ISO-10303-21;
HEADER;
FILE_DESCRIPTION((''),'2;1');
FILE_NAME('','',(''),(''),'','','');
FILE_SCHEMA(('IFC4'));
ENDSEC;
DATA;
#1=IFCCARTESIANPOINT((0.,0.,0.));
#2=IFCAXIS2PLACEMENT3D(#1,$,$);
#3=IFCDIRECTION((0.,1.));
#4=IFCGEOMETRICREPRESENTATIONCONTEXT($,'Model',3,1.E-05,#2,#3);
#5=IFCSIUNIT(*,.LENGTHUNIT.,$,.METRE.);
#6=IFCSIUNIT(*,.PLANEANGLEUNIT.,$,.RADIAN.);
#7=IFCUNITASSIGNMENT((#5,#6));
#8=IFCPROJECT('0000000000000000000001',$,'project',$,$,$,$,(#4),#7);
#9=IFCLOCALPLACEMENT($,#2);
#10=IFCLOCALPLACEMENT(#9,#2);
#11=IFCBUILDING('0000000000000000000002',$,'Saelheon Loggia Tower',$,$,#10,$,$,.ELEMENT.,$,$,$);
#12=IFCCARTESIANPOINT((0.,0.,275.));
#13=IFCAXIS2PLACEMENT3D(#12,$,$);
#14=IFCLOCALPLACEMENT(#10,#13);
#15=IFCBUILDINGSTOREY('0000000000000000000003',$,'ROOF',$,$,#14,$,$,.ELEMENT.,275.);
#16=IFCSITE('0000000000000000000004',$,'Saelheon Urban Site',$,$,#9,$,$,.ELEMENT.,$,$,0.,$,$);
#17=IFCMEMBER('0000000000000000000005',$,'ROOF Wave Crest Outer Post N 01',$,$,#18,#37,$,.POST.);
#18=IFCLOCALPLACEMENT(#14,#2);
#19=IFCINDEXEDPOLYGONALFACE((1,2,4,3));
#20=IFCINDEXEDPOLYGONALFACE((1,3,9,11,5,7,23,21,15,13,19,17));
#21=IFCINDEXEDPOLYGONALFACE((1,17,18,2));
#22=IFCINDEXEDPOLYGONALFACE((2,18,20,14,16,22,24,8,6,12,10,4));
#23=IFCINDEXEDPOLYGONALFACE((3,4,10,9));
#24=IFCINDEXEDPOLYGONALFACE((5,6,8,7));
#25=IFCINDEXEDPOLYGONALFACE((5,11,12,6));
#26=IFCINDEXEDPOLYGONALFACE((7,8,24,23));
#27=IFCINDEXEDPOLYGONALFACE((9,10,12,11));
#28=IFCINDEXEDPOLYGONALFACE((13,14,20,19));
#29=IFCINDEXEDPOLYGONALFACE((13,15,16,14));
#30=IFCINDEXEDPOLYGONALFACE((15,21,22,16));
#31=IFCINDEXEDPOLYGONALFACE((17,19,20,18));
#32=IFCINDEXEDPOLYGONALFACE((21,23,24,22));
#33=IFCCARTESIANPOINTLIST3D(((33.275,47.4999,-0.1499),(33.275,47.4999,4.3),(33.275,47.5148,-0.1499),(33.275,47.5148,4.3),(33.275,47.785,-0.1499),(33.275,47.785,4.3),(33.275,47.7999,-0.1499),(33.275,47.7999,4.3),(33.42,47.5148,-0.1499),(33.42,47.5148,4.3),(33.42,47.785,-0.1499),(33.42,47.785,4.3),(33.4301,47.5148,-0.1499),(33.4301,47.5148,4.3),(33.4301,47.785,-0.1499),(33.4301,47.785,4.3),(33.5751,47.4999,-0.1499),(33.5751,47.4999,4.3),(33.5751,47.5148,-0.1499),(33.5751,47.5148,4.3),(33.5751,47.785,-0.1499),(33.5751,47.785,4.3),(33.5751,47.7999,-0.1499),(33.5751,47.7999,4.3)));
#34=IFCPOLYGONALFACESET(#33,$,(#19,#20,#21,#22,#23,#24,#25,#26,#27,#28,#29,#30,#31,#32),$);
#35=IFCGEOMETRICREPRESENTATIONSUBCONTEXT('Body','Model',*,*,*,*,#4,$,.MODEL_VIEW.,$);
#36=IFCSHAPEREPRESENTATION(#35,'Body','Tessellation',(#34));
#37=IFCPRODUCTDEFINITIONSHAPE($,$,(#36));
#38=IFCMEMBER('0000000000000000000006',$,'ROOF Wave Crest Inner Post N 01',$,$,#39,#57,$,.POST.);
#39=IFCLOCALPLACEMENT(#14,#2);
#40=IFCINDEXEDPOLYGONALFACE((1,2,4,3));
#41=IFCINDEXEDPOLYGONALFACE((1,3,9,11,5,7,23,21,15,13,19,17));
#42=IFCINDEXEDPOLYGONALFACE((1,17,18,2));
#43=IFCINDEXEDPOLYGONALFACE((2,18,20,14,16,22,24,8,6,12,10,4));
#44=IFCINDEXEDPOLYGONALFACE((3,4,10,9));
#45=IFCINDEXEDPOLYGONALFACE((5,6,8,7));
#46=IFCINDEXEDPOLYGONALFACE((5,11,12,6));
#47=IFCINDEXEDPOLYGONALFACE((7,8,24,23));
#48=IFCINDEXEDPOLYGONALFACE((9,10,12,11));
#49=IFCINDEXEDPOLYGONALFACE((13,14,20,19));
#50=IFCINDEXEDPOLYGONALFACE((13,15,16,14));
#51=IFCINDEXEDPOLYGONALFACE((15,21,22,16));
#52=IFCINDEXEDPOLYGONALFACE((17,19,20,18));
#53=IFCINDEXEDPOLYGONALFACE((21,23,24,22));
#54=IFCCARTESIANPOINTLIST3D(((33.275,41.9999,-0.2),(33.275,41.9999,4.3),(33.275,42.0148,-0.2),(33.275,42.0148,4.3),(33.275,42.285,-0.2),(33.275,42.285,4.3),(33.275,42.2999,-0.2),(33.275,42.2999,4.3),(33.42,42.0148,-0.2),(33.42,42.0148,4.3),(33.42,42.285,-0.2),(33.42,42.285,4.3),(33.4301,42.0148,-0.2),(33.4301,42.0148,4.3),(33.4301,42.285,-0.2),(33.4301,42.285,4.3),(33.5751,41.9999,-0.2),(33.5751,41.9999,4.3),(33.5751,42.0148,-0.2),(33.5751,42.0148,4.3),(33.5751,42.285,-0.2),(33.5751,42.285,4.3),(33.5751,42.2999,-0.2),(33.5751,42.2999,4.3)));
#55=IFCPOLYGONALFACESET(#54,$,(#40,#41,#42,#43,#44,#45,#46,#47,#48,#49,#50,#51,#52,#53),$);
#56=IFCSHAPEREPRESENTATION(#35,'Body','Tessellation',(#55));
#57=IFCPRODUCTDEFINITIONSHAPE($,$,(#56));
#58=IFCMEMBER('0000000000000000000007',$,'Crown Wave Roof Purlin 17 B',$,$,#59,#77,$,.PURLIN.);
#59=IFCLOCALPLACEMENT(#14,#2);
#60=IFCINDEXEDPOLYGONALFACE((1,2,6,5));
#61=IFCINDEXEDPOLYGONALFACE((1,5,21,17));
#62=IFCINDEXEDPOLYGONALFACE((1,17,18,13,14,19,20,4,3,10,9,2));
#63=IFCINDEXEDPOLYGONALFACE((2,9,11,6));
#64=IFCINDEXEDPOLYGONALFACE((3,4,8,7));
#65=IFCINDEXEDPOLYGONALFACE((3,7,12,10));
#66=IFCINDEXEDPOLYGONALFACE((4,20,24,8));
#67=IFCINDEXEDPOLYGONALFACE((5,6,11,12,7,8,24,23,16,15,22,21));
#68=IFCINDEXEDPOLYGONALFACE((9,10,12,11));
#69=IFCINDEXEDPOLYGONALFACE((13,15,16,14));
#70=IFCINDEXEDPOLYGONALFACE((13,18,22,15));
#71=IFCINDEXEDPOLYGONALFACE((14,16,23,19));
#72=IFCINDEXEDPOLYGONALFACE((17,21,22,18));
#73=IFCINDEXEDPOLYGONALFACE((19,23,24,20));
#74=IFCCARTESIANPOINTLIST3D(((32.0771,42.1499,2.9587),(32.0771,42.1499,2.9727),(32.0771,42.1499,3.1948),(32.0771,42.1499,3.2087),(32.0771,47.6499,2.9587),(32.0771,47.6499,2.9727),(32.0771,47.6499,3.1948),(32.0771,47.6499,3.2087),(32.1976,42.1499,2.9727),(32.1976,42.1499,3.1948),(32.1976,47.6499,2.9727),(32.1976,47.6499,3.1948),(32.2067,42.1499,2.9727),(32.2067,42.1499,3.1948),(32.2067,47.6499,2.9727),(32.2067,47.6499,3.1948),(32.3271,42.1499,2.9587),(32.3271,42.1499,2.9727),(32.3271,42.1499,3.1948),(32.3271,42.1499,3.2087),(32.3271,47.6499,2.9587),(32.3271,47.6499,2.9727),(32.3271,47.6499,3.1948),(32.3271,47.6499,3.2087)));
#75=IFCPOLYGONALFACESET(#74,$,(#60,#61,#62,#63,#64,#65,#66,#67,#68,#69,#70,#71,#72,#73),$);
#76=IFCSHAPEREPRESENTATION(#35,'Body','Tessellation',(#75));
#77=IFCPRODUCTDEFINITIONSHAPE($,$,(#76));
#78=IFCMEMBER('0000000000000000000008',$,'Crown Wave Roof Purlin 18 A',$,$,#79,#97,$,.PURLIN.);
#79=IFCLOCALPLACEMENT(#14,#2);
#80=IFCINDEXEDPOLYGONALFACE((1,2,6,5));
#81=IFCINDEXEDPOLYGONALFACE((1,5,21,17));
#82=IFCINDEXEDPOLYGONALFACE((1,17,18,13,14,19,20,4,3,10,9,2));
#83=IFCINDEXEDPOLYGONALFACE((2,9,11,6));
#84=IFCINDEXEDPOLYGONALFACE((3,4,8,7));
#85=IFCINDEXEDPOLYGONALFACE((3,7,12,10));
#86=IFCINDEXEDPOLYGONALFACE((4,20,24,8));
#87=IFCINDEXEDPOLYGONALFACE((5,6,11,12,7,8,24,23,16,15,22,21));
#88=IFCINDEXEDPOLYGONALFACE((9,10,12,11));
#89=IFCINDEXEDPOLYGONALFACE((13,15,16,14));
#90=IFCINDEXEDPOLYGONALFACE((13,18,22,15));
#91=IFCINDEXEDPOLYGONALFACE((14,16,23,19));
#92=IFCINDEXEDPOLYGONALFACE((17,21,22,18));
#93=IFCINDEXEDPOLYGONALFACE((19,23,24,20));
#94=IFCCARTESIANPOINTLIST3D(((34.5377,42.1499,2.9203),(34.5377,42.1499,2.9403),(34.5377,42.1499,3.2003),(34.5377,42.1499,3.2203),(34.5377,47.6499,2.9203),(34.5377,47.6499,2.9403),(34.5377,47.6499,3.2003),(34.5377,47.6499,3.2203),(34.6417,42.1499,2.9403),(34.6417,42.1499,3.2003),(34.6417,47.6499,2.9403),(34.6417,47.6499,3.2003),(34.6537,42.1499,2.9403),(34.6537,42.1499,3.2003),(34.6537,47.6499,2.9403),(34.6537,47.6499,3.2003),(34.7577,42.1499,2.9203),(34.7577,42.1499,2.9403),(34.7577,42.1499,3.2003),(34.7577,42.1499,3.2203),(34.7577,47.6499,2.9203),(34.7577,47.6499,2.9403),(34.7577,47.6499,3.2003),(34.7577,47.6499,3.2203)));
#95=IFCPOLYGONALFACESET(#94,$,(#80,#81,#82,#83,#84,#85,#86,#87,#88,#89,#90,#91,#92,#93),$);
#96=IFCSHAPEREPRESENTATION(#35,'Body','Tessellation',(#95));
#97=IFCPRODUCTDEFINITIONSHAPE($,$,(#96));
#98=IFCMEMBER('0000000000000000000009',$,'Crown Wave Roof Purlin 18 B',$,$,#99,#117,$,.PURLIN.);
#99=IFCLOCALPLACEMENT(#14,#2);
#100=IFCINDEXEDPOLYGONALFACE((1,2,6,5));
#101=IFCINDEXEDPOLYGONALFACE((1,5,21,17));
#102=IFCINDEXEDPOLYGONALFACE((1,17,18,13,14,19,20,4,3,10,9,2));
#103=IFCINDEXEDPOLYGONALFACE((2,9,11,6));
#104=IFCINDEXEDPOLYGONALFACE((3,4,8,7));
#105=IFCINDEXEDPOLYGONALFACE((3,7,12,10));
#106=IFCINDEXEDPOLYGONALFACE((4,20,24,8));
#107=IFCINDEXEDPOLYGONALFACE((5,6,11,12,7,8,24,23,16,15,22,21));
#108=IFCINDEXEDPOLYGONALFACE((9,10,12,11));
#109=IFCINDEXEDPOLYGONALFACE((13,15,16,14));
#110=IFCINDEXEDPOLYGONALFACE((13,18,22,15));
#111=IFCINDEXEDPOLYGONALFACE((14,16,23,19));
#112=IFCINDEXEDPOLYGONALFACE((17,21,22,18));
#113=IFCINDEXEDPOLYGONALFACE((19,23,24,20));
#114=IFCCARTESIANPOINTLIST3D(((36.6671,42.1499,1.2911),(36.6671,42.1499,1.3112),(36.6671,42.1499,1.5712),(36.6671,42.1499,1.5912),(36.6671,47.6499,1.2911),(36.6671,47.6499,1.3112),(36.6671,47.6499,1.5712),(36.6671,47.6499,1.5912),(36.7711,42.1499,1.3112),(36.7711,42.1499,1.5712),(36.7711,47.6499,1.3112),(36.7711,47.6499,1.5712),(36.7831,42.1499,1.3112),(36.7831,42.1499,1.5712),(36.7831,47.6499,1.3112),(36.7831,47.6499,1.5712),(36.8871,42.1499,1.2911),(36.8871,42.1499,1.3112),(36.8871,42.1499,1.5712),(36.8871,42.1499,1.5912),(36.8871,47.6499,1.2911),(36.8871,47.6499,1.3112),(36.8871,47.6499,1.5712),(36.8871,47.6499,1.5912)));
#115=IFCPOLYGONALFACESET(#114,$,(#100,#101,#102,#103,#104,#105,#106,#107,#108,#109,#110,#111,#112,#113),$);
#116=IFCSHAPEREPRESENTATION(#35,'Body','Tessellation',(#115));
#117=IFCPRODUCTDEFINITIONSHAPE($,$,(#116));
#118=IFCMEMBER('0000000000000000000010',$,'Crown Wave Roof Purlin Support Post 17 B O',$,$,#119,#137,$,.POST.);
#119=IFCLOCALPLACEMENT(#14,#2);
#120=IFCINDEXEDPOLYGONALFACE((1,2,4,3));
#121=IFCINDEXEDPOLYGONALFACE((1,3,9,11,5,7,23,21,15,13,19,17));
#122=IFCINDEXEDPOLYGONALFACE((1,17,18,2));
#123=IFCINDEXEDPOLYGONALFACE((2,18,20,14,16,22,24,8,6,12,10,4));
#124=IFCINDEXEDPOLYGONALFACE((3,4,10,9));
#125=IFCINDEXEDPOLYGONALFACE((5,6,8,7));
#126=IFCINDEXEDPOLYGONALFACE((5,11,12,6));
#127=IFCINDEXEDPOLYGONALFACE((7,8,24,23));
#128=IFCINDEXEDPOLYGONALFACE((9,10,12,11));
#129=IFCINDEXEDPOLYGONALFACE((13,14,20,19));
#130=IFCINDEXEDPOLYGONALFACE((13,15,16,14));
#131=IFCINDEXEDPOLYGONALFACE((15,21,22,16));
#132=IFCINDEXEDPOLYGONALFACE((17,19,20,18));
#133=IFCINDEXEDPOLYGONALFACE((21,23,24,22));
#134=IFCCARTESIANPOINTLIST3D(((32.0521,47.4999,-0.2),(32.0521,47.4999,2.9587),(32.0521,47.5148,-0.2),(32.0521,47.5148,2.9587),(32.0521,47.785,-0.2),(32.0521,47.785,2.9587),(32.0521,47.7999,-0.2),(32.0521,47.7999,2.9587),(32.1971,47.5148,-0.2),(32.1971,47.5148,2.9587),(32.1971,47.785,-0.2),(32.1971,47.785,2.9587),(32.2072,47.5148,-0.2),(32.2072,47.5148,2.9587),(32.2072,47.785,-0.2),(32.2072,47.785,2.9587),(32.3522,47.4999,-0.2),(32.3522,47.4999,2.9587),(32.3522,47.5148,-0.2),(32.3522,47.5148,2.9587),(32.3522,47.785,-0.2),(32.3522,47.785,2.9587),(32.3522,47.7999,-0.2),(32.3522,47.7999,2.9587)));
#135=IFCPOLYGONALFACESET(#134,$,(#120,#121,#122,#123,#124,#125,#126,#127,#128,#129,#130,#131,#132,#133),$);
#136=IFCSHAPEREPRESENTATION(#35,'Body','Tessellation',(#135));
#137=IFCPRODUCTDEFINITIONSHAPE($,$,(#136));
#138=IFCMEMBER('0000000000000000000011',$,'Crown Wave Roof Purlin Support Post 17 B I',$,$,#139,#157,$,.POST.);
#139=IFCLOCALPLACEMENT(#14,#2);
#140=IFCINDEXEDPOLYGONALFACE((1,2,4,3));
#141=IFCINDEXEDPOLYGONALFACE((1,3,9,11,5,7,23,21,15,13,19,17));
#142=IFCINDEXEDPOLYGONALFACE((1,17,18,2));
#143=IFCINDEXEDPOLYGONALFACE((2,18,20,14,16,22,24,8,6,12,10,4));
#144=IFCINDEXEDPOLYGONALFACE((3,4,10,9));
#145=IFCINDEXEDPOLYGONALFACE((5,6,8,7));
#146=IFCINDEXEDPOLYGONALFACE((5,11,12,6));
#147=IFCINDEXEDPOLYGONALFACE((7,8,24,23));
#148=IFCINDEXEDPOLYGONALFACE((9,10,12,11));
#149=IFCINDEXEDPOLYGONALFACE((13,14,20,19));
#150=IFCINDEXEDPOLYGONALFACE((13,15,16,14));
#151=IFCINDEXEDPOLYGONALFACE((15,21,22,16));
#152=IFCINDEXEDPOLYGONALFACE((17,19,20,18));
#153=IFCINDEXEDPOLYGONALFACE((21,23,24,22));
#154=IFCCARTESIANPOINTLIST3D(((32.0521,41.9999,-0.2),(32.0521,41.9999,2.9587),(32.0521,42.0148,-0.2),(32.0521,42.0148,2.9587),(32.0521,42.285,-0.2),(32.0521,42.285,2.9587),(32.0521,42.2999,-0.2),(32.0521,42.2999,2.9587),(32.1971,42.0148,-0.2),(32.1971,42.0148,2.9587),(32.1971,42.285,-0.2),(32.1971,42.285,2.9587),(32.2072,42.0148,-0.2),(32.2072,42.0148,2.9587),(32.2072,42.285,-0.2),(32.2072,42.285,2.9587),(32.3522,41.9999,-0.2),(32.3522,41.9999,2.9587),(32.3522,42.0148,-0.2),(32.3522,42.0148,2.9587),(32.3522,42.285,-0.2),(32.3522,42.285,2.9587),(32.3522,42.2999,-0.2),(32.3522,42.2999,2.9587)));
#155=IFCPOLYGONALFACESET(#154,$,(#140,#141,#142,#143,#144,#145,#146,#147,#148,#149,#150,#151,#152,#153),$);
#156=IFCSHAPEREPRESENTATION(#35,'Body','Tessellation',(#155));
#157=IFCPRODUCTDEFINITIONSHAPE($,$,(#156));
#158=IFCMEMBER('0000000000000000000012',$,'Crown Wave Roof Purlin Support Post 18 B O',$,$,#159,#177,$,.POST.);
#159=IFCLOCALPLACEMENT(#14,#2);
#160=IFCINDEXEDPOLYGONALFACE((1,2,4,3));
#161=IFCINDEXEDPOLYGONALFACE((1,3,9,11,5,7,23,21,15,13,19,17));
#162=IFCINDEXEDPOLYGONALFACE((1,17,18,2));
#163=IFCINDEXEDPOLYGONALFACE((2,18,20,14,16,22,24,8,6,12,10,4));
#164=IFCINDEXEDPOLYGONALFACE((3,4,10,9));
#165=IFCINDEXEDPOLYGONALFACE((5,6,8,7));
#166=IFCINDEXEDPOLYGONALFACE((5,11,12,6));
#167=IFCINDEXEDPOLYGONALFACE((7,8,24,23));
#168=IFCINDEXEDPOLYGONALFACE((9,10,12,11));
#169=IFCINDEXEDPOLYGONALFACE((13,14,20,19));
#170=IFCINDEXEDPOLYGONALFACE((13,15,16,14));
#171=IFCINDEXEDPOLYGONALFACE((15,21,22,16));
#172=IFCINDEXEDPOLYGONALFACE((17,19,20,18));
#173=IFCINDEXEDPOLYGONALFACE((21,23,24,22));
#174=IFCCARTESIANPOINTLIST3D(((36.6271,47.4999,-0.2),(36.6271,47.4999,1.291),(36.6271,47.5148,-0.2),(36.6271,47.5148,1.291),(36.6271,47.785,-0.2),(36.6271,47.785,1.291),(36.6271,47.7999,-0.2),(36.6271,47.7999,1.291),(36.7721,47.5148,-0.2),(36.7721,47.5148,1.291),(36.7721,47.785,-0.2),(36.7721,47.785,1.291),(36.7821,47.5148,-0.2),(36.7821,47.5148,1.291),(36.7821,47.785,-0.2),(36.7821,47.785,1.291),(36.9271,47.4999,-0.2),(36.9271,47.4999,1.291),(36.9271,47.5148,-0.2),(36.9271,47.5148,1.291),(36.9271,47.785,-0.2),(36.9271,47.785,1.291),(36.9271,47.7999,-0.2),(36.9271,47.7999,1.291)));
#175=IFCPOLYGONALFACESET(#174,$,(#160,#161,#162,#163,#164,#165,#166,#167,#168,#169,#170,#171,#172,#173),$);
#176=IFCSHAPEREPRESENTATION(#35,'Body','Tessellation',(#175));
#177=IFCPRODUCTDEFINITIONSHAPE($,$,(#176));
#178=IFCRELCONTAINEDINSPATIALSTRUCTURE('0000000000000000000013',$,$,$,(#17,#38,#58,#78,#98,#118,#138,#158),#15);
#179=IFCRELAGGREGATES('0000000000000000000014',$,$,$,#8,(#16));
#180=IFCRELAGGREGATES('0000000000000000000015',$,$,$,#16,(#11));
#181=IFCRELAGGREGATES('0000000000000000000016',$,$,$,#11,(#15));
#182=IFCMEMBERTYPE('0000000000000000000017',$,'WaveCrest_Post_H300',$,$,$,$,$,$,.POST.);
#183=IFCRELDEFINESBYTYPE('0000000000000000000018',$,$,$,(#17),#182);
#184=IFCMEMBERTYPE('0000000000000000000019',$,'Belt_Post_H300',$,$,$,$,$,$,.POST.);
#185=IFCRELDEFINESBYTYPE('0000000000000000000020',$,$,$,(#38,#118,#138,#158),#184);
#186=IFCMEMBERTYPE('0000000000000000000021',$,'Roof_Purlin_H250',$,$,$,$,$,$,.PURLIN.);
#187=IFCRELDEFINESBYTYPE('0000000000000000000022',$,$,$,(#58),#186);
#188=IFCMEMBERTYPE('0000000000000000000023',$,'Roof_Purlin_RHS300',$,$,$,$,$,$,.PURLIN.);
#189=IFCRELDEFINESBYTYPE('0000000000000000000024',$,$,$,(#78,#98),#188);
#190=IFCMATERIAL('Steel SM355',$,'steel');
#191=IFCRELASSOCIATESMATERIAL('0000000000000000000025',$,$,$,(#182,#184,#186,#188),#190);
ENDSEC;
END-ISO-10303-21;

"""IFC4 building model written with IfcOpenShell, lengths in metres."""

from ifc_helpers import new_model, si_unit, direction, frame, origin, origin_2d, place, context, subcontext, project, spatial, i_section, extrude, source, transform, mapped, material, material_profile, profile_set, type_object, element, save


model = new_model("IFC4")

# Units and contexts
model_context = context("Model", 3, precision=1e-05, world=origin(), true_north=direction((0.0, 1.0)))
body_context = subcontext(model_context, "Body", "Model", "MODEL_VIEW")
ifc_project = project(units=[si_unit("LENGTHUNIT", "METRE"), si_unit("PLANEANGLEUNIT", "RADIAN")], contexts=[model_context])

# Site, building, storey
site_placement = place(None, origin())
site = spatial("IfcSite", under=ifc_project, at=site_placement, Name="Saelheon Urban Site", CompositionType="ELEMENT", RefElevation=0.0)
building_placement = place(site_placement, origin())
building = spatial("IfcBuilding", under=site, at=building_placement, Name="Saelheon Loggia Tower", CompositionType="ELEMENT")
storey_placement = place(building_placement, frame((0.0, 0.0, 275.0)))
storey = spatial("IfcBuildingStorey", under=building, at=storey_placement, Name="ROOF", CompositionType="ELEMENT", Elevation=275.0)

# Members
ifc_material_1 = material(Name="Steel SM355", Category="steel")
ifc_material_profile_1 = material_profile(ifc_material_1, i_section(OverallWidth=0.3, OverallDepth=0.3, WebThickness=0.01, FlangeThickness=0.0149, at=origin_2d()), Name="H-300x300x10x15")
ifc_profile_set_1 = profile_set([ifc_material_profile_1], Name="Steel SM355")
member_type_1 = type_object("IfcMemberType", Name="WaveCrest_Post_H300", PredefinedType="POST", material=ifc_profile_set_1)
shared_shape_1 = source(origin(), body_context, "Body", "SweptSolid", [
    extrude(i_section(OverallWidth=0.3, OverallDepth=0.3, WebThickness=0.01, FlangeThickness=0.0149, at=origin_2d()), origin(), (0.0, 0.0, 1.0), 4.45),
])
member_1_placement = place(storey_placement, frame((33.425, 47.6499, -0.1499), z_axis=(0.0, 0.0, 1.0), x_axis=(1.0, 0.0, 0.0)))
element("IfcMember", 1, at=member_1_placement, inside=storey, type_object=member_type_1, Name="ROOF Wave Crest Outer Post N 01", PredefinedType="POST", context=body_context, shape_type="MappedRepresentation", body=[
    mapped(shared_shape_1, transform((0.0, 0.0, 0.0), scale=1.0)),
])
ifc_material_profile_2 = material_profile(ifc_material_1, i_section(OverallWidth=0.3, OverallDepth=0.3, WebThickness=0.01, FlangeThickness=0.0149, at=origin_2d()), Name="H-300x300x10x15")
ifc_profile_set_2 = profile_set([ifc_material_profile_2], Name="Steel SM355")
member_type_2 = type_object("IfcMemberType", Name="Belt_Post_H300", PredefinedType="POST", material=ifc_profile_set_2)
shared_shape_2 = source(origin(), body_context, "Body", "SweptSolid", [
    extrude(i_section(OverallWidth=0.3, OverallDepth=0.3, WebThickness=0.01, FlangeThickness=0.0149, at=origin_2d()), origin(), (0.0, 0.0, 1.0), 4.5),
])
member_2_placement = place(storey_placement, frame((33.425, 42.1499, -0.2), z_axis=(0.0, 0.0, 1.0), x_axis=(1.0, 0.0, 0.0)))
element("IfcMember", 2, at=member_2_placement, inside=storey, type_object=member_type_2, Name="ROOF Wave Crest Inner Post N 01", PredefinedType="POST", context=body_context, shape_type="MappedRepresentation", body=[
    mapped(shared_shape_2, transform((0.0, 0.0, 0.0), scale=1.0)),
])
ifc_material_profile_3 = material_profile(ifc_material_1, i_section(OverallWidth=0.25, OverallDepth=0.25, WebThickness=0.009, FlangeThickness=0.0139, at=origin_2d()), Name="H-250x250x9x14")
ifc_profile_set_3 = profile_set([ifc_material_profile_3], Name="Steel SM355")
member_type_3 = type_object("IfcMemberType", Name="Roof_Purlin_H250", PredefinedType="PURLIN", material=ifc_profile_set_3)
shared_shape_3 = source(origin(), body_context, "Body", "SweptSolid", [
    extrude(i_section(OverallWidth=0.25, OverallDepth=0.25, WebThickness=0.009, FlangeThickness=0.0139, at=origin_2d()), origin(), (0.0, 0.0, 1.0), 5.5),
])
member_3_placement = place(storey_placement, frame((32.2021, 47.6499, 3.0837), z_axis=(0.0, -1.0, 0.0), x_axis=(1.0, 0.0, 0.0)))
element("IfcMember", 3, at=member_3_placement, inside=storey, type_object=member_type_3, Name="Crown Wave Roof Purlin 17 B", PredefinedType="PURLIN", context=body_context, shape_type="MappedRepresentation", body=[
    mapped(shared_shape_3, transform((0.0, 0.0, 0.0), scale=1.0)),
])
ifc_material_profile_4 = material_profile(ifc_material_1, i_section(OverallWidth=0.22, OverallDepth=0.3, WebThickness=0.012, FlangeThickness=0.02, at=origin_2d()), Name="H-300x220x12x20")
ifc_profile_set_4 = profile_set([ifc_material_profile_4], Name="Steel SM355")
member_type_4 = type_object("IfcMemberType", Name="Roof_Purlin_RHS300", PredefinedType="PURLIN", material=ifc_profile_set_4)
shared_shape_4 = source(origin(), body_context, "Body", "SweptSolid", [
    extrude(i_section(OverallWidth=0.22, OverallDepth=0.3, WebThickness=0.012, FlangeThickness=0.02, at=origin_2d()), origin(), (0.0, 0.0, 1.0), 5.5),
])
for number, where, z_axis, x_axis, name in (
    (4, (34.6477, 47.6499, 3.0703), (0.0, -1.0, 0.0), (1.0, 0.0, 0.0), "Crown Wave Roof Purlin 18 A"),
    (5, (36.7771, 47.6499, 1.4412), (0.0, -1.0, 0.0), (1.0, 0.0, 0.0), "Crown Wave Roof Purlin 18 B"),
):
    element("IfcMember", number, at=place(storey_placement, frame(where, z_axis=z_axis, x_axis=x_axis)), inside=storey, type_object=member_type_4, Name=name, PredefinedType="PURLIN", context=body_context, shape_type="MappedRepresentation", body=[
        mapped(shared_shape_4, transform((0.0, 0.0, 0.0), scale=1.0)),
    ])
shared_shape_5 = source(origin(), body_context, "Body", "SweptSolid", [
    extrude(i_section(OverallWidth=0.3, OverallDepth=0.3, WebThickness=0.01, FlangeThickness=0.0149, at=origin_2d()), origin(), (0.0, 0.0, 1.0), 3.1587),
])
for number, where, z_axis, x_axis, name in (
    (6, (32.2021, 47.6499, -0.2), (0.0, 0.0, 1.0), (1.0, 0.0, 0.0), "Crown Wave Roof Purlin Support Post 17 B O"),
    (7, (32.2021, 42.1499, -0.2), (0.0, 0.0, 1.0), (1.0, 0.0, 0.0), "Crown Wave Roof Purlin Support Post 17 B I"),
):
    element("IfcMember", number, at=place(storey_placement, frame(where, z_axis=z_axis, x_axis=x_axis)), inside=storey, type_object=member_type_2, Name=name, PredefinedType="POST", context=body_context, shape_type="MappedRepresentation", body=[
        mapped(shared_shape_5, transform((0.0, 0.0, 0.0), scale=1.0)),
    ])
shared_shape_6 = source(origin(), body_context, "Body", "SweptSolid", [
    extrude(i_section(OverallWidth=0.3, OverallDepth=0.3, WebThickness=0.01, FlangeThickness=0.0149, at=origin_2d()), origin(), (0.0, 0.0, 1.0), 1.491),
])
for number, where, z_axis, x_axis, name in (
    (8, (36.7771, 47.6499, -0.2), (0.0, 0.0, 1.0), (1.0, 0.0, 0.0), "Crown Wave Roof Purlin Support Post 18 B O"),
):
    element("IfcMember", number, at=place(storey_placement, frame(where, z_axis=z_axis, x_axis=x_axis)), inside=storey, type_object=member_type_2, Name=name, PredefinedType="POST", context=body_context, shape_type="MappedRepresentation", body=[
        mapped(shared_shape_6, transform((0.0, 0.0, 0.0), scale=1.0)),
    ])

save(model, "model.ifc")
